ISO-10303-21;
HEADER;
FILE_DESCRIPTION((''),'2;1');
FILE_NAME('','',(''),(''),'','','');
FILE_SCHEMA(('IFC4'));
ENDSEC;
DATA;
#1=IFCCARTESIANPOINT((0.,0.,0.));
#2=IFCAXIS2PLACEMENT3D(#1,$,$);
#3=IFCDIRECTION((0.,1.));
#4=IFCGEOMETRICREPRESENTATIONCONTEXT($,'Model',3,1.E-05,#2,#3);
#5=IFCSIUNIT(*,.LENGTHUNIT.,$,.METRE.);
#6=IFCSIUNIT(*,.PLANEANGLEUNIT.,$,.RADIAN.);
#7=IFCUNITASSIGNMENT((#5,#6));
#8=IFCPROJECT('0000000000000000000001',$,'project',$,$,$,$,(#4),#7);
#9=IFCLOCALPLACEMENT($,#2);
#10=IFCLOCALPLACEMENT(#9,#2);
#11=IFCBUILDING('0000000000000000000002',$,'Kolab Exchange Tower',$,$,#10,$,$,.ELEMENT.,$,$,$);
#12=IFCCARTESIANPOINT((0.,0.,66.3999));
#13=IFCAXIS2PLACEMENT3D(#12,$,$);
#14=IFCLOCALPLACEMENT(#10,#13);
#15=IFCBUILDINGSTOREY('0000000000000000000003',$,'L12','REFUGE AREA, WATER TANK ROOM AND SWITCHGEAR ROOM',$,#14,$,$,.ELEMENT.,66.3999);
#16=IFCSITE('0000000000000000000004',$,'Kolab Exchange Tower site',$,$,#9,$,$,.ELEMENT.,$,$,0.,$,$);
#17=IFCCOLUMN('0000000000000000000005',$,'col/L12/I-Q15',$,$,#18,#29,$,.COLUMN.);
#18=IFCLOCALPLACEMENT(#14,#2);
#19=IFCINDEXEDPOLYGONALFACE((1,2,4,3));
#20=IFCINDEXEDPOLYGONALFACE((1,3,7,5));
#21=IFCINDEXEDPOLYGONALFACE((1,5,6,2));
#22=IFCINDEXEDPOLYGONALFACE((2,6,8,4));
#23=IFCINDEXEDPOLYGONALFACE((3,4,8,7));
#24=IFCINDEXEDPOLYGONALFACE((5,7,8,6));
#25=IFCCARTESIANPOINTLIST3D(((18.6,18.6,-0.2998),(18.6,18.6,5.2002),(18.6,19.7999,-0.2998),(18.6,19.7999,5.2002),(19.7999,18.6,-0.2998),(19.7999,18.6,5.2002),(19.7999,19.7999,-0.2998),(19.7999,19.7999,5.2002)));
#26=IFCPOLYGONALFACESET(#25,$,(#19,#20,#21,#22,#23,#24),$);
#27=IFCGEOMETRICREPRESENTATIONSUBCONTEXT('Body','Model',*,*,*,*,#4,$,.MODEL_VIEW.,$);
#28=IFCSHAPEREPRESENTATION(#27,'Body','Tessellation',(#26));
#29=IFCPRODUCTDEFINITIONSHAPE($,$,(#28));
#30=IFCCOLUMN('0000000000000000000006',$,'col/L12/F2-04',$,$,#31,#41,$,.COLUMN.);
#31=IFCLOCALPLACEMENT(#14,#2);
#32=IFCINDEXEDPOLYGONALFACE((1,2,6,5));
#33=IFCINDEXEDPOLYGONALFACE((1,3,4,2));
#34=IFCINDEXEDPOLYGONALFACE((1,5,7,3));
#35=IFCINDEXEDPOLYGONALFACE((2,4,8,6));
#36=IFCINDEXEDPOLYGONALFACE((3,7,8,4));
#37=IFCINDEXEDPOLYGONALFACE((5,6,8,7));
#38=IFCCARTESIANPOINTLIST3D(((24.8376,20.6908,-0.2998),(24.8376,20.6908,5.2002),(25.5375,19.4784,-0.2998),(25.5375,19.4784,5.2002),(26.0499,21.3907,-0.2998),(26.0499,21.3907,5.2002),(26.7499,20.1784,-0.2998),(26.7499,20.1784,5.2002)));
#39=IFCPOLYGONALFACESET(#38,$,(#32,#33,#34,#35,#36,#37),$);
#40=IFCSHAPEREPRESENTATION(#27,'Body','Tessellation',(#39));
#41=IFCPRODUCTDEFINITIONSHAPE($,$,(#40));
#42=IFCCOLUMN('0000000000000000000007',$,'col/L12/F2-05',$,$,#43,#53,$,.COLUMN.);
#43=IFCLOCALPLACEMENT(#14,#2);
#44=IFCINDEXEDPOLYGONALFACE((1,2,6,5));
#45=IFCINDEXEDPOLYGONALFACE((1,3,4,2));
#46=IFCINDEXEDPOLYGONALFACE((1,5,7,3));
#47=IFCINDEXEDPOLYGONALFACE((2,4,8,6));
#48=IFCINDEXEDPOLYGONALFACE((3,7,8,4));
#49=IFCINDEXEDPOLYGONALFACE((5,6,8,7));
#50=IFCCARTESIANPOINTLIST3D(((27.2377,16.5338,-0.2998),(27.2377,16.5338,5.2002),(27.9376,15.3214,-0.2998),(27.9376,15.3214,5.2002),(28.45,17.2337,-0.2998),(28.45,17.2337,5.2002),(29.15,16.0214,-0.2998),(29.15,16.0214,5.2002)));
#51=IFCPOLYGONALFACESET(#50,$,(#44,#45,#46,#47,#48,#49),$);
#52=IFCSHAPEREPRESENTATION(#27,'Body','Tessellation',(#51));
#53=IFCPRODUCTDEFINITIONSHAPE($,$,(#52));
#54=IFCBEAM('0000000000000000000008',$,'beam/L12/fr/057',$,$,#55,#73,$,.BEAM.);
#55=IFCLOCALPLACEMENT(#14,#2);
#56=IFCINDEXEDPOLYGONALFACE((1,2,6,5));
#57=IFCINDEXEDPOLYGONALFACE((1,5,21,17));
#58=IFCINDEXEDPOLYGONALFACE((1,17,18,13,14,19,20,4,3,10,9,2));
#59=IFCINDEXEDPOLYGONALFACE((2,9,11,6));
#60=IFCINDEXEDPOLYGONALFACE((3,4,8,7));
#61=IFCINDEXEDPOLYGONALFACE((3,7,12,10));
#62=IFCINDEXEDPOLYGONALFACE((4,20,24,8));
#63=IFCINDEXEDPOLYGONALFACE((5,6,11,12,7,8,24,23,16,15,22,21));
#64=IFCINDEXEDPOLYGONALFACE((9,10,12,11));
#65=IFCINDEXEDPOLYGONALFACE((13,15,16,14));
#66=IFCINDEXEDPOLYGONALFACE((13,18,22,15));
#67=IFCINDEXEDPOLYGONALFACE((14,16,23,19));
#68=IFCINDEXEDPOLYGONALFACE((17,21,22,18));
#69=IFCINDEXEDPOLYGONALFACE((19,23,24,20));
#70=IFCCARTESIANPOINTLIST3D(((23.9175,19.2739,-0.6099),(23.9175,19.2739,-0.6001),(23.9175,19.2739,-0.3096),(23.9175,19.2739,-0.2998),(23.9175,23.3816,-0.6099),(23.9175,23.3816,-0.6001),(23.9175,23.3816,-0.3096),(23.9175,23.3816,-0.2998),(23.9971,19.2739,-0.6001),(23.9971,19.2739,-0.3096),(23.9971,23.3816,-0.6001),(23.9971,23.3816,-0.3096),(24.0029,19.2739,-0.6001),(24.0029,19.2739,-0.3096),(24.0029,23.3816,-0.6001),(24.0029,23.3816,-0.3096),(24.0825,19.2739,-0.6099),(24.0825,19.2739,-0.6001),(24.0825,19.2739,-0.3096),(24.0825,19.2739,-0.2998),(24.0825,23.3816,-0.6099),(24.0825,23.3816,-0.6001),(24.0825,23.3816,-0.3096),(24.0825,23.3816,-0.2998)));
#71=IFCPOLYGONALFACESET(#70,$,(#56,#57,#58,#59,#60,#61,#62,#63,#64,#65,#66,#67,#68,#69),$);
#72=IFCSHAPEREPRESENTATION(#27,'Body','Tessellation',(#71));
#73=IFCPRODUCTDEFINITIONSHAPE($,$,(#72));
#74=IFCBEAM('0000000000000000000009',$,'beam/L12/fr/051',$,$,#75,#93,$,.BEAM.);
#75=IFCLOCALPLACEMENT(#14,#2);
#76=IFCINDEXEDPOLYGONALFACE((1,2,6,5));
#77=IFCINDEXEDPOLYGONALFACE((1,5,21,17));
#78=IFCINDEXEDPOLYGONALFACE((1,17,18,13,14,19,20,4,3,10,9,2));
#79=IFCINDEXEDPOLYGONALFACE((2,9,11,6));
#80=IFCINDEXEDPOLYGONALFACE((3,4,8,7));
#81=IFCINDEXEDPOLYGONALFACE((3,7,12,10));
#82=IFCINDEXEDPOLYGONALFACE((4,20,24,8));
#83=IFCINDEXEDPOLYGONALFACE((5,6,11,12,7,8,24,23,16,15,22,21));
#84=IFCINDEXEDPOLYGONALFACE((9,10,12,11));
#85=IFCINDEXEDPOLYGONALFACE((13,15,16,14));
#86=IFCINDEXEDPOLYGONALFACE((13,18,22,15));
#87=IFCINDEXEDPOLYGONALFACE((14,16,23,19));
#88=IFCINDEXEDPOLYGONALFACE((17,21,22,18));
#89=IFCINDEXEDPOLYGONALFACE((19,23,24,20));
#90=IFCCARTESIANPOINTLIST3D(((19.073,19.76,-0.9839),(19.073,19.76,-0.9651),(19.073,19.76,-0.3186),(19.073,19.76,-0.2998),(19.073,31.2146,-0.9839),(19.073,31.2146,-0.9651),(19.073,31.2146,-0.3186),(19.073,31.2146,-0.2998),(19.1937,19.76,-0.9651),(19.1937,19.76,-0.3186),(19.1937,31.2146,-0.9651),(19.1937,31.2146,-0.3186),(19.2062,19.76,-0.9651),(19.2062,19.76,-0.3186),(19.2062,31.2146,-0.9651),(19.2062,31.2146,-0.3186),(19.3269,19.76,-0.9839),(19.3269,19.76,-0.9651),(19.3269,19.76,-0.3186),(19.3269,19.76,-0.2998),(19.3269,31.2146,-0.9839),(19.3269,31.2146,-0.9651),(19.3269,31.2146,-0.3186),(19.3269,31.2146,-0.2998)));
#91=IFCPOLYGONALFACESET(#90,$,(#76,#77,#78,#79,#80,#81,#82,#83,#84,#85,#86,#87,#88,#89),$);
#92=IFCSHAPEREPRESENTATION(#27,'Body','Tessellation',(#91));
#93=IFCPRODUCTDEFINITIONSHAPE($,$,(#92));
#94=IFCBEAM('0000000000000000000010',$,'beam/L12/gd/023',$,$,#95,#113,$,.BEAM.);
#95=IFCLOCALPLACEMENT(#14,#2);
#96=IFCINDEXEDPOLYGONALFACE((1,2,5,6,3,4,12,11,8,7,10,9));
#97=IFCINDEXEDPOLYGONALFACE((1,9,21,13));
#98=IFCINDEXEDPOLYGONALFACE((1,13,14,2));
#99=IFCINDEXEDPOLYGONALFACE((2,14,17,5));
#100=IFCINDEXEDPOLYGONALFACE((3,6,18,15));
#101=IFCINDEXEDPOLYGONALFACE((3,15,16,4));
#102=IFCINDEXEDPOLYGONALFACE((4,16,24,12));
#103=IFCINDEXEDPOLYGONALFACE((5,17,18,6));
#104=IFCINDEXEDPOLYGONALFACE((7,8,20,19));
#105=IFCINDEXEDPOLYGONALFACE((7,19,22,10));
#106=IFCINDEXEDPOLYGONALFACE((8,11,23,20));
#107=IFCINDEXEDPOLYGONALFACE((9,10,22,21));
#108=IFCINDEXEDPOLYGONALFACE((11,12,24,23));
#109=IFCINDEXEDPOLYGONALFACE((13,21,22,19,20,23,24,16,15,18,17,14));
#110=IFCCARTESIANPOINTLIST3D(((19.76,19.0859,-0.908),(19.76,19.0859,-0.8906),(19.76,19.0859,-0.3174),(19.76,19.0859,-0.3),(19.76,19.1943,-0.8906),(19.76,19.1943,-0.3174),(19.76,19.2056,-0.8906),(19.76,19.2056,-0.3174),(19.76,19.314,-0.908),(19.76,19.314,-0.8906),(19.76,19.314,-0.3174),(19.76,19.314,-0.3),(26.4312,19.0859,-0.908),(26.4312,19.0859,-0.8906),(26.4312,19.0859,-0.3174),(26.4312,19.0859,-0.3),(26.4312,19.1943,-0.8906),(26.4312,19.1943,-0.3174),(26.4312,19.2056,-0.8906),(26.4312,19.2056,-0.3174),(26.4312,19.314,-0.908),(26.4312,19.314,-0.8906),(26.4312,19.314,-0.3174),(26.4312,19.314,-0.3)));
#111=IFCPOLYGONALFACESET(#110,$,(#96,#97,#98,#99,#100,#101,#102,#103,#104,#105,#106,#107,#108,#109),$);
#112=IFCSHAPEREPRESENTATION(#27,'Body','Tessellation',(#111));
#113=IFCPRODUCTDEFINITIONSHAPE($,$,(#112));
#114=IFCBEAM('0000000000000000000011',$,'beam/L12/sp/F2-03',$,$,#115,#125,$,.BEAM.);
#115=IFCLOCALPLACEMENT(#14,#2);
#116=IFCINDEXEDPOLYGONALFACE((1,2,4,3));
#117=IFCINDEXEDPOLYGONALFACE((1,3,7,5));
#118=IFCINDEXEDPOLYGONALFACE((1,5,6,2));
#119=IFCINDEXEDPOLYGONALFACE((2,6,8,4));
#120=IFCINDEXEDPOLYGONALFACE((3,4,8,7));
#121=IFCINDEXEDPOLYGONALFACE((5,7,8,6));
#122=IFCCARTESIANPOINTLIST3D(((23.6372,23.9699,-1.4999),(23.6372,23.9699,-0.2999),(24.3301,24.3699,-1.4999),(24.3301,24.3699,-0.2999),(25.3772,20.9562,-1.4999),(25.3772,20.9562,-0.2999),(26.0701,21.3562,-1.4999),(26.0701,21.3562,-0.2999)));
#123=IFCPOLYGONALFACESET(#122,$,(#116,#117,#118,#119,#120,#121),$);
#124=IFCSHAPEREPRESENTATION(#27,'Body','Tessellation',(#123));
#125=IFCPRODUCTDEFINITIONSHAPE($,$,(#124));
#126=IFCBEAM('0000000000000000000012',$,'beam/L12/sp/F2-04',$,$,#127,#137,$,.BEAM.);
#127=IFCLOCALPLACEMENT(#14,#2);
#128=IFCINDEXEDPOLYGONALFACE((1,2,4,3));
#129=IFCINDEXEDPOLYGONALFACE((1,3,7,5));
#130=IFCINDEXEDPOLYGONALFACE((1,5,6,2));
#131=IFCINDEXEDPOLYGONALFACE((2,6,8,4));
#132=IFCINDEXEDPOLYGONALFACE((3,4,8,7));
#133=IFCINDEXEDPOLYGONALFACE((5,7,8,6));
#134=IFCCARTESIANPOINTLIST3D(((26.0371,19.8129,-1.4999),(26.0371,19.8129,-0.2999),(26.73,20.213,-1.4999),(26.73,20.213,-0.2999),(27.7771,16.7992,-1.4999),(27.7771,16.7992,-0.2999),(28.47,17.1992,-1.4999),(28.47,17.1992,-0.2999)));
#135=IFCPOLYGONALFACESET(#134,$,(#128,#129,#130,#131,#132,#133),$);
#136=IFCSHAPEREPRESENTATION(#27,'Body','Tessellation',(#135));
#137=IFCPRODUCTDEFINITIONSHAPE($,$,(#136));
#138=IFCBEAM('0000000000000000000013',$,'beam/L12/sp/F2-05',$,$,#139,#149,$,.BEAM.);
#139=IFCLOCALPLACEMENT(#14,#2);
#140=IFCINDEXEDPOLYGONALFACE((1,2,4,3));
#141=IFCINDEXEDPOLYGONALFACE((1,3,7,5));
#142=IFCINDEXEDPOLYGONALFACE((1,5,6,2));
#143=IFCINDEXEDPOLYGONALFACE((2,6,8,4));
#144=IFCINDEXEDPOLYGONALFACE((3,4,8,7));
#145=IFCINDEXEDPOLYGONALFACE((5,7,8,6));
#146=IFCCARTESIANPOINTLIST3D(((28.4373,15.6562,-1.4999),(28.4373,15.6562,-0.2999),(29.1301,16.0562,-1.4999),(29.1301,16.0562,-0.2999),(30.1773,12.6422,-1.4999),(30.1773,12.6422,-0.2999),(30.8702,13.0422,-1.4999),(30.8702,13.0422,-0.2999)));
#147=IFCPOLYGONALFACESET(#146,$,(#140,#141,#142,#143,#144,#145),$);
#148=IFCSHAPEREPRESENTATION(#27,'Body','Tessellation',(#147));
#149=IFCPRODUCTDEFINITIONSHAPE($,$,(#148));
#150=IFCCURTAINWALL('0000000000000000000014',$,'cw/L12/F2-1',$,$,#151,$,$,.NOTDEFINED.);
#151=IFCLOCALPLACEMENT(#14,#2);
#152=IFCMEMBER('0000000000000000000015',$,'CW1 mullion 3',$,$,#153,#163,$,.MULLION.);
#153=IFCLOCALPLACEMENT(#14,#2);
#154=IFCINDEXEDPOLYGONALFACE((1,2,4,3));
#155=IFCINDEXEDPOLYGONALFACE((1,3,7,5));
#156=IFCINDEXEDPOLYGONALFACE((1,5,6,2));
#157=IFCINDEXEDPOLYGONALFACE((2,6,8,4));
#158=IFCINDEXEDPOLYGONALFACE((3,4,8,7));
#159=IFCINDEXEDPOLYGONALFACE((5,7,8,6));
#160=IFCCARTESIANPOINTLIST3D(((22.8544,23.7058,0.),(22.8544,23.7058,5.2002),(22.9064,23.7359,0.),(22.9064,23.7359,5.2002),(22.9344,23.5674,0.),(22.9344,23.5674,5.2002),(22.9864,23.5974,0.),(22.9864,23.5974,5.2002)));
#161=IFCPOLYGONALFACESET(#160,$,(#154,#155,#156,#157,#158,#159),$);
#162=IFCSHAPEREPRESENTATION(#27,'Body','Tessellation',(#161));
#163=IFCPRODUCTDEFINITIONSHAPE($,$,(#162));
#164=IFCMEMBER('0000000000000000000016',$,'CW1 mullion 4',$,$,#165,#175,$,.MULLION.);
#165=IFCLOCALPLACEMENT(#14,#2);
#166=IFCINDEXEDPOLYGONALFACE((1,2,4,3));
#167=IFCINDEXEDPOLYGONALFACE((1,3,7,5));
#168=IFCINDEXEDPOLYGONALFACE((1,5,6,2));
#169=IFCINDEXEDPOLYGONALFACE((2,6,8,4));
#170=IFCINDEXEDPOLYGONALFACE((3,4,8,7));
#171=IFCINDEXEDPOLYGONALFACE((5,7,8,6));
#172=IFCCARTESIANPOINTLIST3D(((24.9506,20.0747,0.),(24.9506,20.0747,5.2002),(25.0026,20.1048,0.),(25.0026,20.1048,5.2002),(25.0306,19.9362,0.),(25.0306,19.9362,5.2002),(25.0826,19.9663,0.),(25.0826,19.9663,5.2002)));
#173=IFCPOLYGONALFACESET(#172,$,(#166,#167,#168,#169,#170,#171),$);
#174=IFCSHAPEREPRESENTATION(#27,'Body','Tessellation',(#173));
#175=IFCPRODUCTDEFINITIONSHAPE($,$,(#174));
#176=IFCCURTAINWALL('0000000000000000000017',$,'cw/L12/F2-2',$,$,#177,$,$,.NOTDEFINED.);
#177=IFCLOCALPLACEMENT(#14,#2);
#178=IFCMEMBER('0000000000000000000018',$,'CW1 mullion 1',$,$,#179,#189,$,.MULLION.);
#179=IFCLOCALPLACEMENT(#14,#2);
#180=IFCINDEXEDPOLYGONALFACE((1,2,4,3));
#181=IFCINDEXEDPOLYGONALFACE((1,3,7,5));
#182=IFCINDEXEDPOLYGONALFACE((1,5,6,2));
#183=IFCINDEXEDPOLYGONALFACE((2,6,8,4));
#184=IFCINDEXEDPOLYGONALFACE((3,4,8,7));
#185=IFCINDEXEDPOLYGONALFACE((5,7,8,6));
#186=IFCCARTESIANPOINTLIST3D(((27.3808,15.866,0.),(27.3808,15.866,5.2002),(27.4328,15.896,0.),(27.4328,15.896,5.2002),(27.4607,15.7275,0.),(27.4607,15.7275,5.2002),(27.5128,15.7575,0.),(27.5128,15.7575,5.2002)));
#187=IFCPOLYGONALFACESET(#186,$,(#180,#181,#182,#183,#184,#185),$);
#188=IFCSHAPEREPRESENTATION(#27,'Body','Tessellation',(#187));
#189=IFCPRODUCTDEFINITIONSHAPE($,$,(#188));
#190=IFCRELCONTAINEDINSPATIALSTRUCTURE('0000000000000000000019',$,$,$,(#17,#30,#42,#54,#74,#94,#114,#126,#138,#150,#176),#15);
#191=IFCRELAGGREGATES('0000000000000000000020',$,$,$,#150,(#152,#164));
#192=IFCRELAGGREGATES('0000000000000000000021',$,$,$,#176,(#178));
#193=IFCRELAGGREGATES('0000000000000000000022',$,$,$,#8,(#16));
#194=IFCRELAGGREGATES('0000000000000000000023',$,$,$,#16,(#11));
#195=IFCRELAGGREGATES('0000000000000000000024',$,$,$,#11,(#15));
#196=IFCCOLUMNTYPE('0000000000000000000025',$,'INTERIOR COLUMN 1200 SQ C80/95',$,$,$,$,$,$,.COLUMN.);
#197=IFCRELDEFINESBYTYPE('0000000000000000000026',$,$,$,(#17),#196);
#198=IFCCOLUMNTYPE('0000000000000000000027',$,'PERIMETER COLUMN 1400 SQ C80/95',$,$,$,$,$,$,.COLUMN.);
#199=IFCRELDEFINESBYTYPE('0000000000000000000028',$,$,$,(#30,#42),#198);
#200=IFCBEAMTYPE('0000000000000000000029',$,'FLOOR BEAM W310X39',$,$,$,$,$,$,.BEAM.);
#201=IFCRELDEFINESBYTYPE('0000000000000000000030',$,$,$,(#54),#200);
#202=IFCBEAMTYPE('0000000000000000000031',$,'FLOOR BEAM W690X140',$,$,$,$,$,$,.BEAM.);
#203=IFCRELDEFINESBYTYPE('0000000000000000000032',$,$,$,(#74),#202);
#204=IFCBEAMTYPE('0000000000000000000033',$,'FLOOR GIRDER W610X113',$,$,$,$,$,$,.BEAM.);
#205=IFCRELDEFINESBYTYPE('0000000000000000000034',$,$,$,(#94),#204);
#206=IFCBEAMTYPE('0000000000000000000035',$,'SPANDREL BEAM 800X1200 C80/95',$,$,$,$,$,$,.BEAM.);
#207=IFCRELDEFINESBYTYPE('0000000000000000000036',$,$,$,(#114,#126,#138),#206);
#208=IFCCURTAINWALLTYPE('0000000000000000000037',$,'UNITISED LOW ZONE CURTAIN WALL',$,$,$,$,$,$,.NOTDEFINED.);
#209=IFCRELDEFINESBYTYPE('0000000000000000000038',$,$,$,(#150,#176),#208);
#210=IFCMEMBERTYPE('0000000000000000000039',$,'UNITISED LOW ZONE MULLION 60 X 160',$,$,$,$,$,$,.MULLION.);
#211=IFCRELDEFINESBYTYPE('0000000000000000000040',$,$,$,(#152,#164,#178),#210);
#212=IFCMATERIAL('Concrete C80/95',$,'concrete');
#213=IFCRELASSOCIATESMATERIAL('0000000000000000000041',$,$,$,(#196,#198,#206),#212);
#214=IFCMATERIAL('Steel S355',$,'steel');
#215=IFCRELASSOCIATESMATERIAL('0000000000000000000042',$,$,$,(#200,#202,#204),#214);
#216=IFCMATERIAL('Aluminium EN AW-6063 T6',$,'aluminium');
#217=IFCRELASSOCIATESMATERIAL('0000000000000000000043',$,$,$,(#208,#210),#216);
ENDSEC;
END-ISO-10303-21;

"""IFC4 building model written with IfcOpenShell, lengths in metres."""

from ifc_helpers import new_model, si_unit, direction, frame, origin, origin_2d, place, context, subcontext, project, spatial, rectangle, i_section, extrude, material, material_profile, profile_set, type_object, element, aggregate, save


model = new_model("IFC4")

# Units and contexts
model_context = context("Model", 3, precision=1e-05, world=origin(), true_north=direction((0.0, 1.0)))
body_context = subcontext(model_context, "Body", "Model", "MODEL_VIEW")
ifc_project = project(units=[si_unit("LENGTHUNIT", "METRE"), si_unit("PLANEANGLEUNIT", "RADIAN")], contexts=[model_context])

# Site, building, storey
site_placement = place(None, origin())
site = spatial("IfcSite", under=ifc_project, at=site_placement, Name="Kolab Exchange Tower site", CompositionType="ELEMENT", RefElevation=0.0)
building_placement = place(site_placement, origin())
building = spatial("IfcBuilding", under=site, at=building_placement, Name="Kolab Exchange Tower", CompositionType="ELEMENT")
storey_placement = place(building_placement, frame((0.0, 0.0, 66.3999)))
storey = spatial("IfcBuildingStorey", under=building, at=storey_placement, Name="L12", Description="REFUGE AREA, WATER TANK ROOM AND SWITCHGEAR ROOM", CompositionType="ELEMENT", Elevation=66.3999)

# Columns
ifc_material_1 = material(Name="Concrete C80/95", Category="concrete")
ifc_material_profile_1 = material_profile(ifc_material_1, rectangle(XDim=1.2, YDim=1.2, at=origin_2d()), Name="RC1200")
ifc_profile_set_1 = profile_set([ifc_material_profile_1], Name="Concrete C80/95")
column_type_1 = type_object("IfcColumnType", Name="INTERIOR COLUMN 1200 SQ C80/95", PredefinedType="COLUMN", material=ifc_profile_set_1)
column_placement = place(storey_placement, frame((19.2, 19.2, -0.2998), z_axis=(0.0, 0.0, 1.0), x_axis=(1.0, 0.0, 0.0)))
element("IfcColumn", 1, at=column_placement, inside=storey, type_object=column_type_1, Name="col/L12/I-Q15", PredefinedType="COLUMN", context=body_context, shape_type="SweptSolid", body=[
    extrude(rectangle(XDim=1.2, YDim=1.2, at=origin_2d()), origin(), (0.0, 0.0, 1.0), 5.5),
])
ifc_material_profile_2 = material_profile(ifc_material_1, rectangle(XDim=1.3999, YDim=1.3999, at=origin_2d()), Name="RC1400")
ifc_profile_set_2 = profile_set([ifc_material_profile_2], Name="Concrete C80/95")
column_type_2 = type_object("IfcColumnType", Name="PERIMETER COLUMN 1400 SQ C80/95", PredefinedType="COLUMN", material=ifc_profile_set_2)
for number, where, z_axis, x_axis, name in (
    (2, (25.7937, 20.4346, -0.2998), (0.0, 0.0, 1.0), (0.866025, 0.5, 0.0), "col/L12/F2-04"),
    (3, (28.1938, 16.2776, -0.2998), (0.0, 0.0, 1.0), (0.866025, 0.5, 0.0), "col/L12/F2-05"),
):
    element("IfcColumn", number, at=place(storey_placement, frame(where, z_axis=z_axis, x_axis=x_axis)), inside=storey, type_object=column_type_2, Name=name, PredefinedType="COLUMN", context=body_context, shape_type="SweptSolid", body=[
        extrude(rectangle(XDim=1.3999, YDim=1.3999, at=origin_2d()), origin(), (0.0, 0.0, 1.0), 5.5),
    ])

# Beams
ifc_material_2 = material(Name="Steel S355", Category="steel")
ifc_material_profile_3 = material_profile(ifc_material_2, i_section(OverallWidth=0.165, OverallDepth=0.3101, WebThickness=0.0059, FlangeThickness=0.0098, at=origin_2d()), Name="W310X39")
ifc_profile_set_3 = profile_set([ifc_material_profile_3], Name="Steel S355")
beam_type_1 = type_object("IfcBeamType", Name="FLOOR BEAM W310X39", PredefinedType="BEAM", material=ifc_profile_set_3)
beam_1_placement = place(storey_placement, frame((24.0, 19.2739, -0.4548), z_axis=(0.0, 1.0, 0.0), x_axis=(-1.0, 0.0, 0.0)))
element("IfcBeam", 4, at=beam_1_placement, inside=storey, type_object=beam_type_1, Name="beam/L12/fr/057", PredefinedType="BEAM", context=body_context, shape_type="SweptSolid", body=[
    extrude(i_section(OverallWidth=0.165, OverallDepth=0.3101, WebThickness=0.0059, FlangeThickness=0.0098, at=origin_2d()), origin(), (0.0, 0.0, 1.0), 4.1077),
])
ifc_material_profile_4 = material_profile(ifc_material_2, i_section(OverallWidth=0.2539, OverallDepth=0.6841, WebThickness=0.0125, FlangeThickness=0.0188, at=origin_2d()), Name="W690X140")
ifc_profile_set_4 = profile_set([ifc_material_profile_4], Name="Steel S355")
beam_type_2 = type_object("IfcBeamType", Name="FLOOR BEAM W690X140", PredefinedType="BEAM", material=ifc_profile_set_4)
beam_2_placement = place(storey_placement, frame((19.2, 19.76, -0.6418), z_axis=(0.0, 1.0, 0.0), x_axis=(-1.0, 0.0, 0.0)))
element("IfcBeam", 5, at=beam_2_placement, inside=storey, type_object=beam_type_2, Name="beam/L12/fr/051", PredefinedType="BEAM", context=body_context, shape_type="SweptSolid", body=[
    extrude(i_section(OverallWidth=0.2539, OverallDepth=0.6841, WebThickness=0.0125, FlangeThickness=0.0188, at=origin_2d()), origin(), (0.0, 0.0, 1.0), 11.4546),
])
ifc_material_profile_5 = material_profile(ifc_material_2, i_section(OverallWidth=0.228, OverallDepth=0.6079, WebThickness=0.0112, FlangeThickness=0.0173, at=origin_2d()), Name="W610X113")
ifc_profile_set_5 = profile_set([ifc_material_profile_5], Name="Steel S355")
beam_type_3 = type_object("IfcBeamType", Name="FLOOR GIRDER W610X113", PredefinedType="BEAM", material=ifc_profile_set_5)
beam_3_placement = place(storey_placement, frame((19.76, 19.2, -0.604), z_axis=(1.0, 0.0, 0.0), x_axis=(0.0, 1.0, 0.0)))
element("IfcBeam", 6, at=beam_3_placement, inside=storey, type_object=beam_type_3, Name="beam/L12/gd/023", PredefinedType="BEAM", context=body_context, shape_type="SweptSolid", body=[
    extrude(i_section(OverallWidth=0.228, OverallDepth=0.6079, WebThickness=0.0112, FlangeThickness=0.0173, at=origin_2d()), origin(), (0.0, 0.0, 1.0), 6.6711),
])
ifc_material_profile_6 = material_profile(ifc_material_1, rectangle(XDim=0.8, YDim=1.2, at=origin_2d()), Name="RC800X1200")
ifc_profile_set_6 = profile_set([ifc_material_profile_6], Name="Concrete C80/95")
beam_type_4 = type_object("IfcBeamType", Name="SPANDREL BEAM 800X1200 C80/95", PredefinedType="BEAM", material=ifc_profile_set_6)
for number, where, z_axis, x_axis, name in (
    (7, (23.9836, 24.1699, -0.8999), (0.50001, -0.86602, 0.0), (0.86602, 0.50001, 0.0), "beam/L12/sp/F2-03"),
    (8, (26.3835, 20.0129, -0.8999), (0.50001, -0.86602, 0.0), (0.86602, 0.50001, 0.0), "beam/L12/sp/F2-04"),
):
    element("IfcBeam", number, at=place(storey_placement, frame(where, z_axis=z_axis, x_axis=x_axis)), inside=storey, type_object=beam_type_4, Name=name, PredefinedType="BEAM", context=body_context, shape_type="SweptSolid", body=[
        extrude(rectangle(XDim=0.8, YDim=1.2, at=origin_2d()), origin(), (0.0, 0.0, 1.0), 3.48),
    ])
beam_4_placement = place(storey_placement, frame((28.7837, 15.8562, -0.8999), z_axis=(0.49998, -0.866037, 0.0), x_axis=(0.866037, 0.49998, 0.0)))
element("IfcBeam", 9, at=beam_4_placement, inside=storey, type_object=beam_type_4, Name="beam/L12/sp/F2-05", PredefinedType="BEAM", context=body_context, shape_type="SweptSolid", body=[
    extrude(rectangle(XDim=0.8, YDim=1.2, at=origin_2d()), origin(), (0.0, 0.0, 1.0), 3.4802),
])

# Curtain wall, members
ifc_material_3 = material(Name="Aluminium EN AW-6063 T6", Category="aluminium")
curtain_wall_type = type_object("IfcCurtainWallType", Name="UNITISED LOW ZONE CURTAIN WALL", PredefinedType="NOTDEFINED", material=ifc_material_3)
curtain_wall_1_placement = place(storey_placement, origin())
curtain_wall_1 = element("IfcCurtainWall", 10, at=curtain_wall_1_placement, inside=storey, type_object=curtain_wall_type, Name="cw/L12/F2-1", PredefinedType="NOTDEFINED")
ifc_material_profile_7 = material_profile(ifc_material_3, rectangle(XDim=0.0601, YDim=0.1599, at=origin_2d()), Name="RECT 60X160")
ifc_profile_set_7 = profile_set([ifc_material_profile_7], Name="Aluminium EN AW-6063 T6")
member_type_1 = type_object("IfcMemberType", Name="UNITISED LOW ZONE MULLION 60 X 160", PredefinedType="MULLION", material=ifc_profile_set_7)
member_1_placement = place(storey_placement, frame((22.9204, 23.6516, 0.0), z_axis=(0.0, 0.0, 1.0), x_axis=(0.866025, 0.5, 0.0)))
member_1 = element("IfcMember", 11, at=member_1_placement, type_object=member_type_1, Name="CW1 mullion 3", PredefinedType="MULLION", context=body_context, shape_type="SweptSolid", body=[
    extrude(rectangle(XDim=0.0601, YDim=0.1599, at=origin_2d()), origin(), (0.0, 0.0, 1.0), 5.2002),
])
member_2_placement = place(storey_placement, frame((25.0166, 20.0205, 0.0), z_axis=(0.0, 0.0, 1.0), x_axis=(0.866025, 0.5, 0.0)))
member_2 = element("IfcMember", 12, at=member_2_placement, type_object=member_type_1, Name="CW1 mullion 4", PredefinedType="MULLION", context=body_context, shape_type="SweptSolid", body=[
    extrude(rectangle(XDim=0.0601, YDim=0.1599, at=origin_2d()), origin(), (0.0, 0.0, 1.0), 5.2002),
])

# Curtain wall, member
curtain_wall_2_placement = place(storey_placement, origin())
curtain_wall_2 = element("IfcCurtainWall", 13, at=curtain_wall_2_placement, inside=storey, type_object=curtain_wall_type, Name="cw/L12/F2-2", PredefinedType="NOTDEFINED")
member_3_placement = place(storey_placement, frame((27.4468, 15.8118, 0.0), z_axis=(0.0, 0.0, 1.0), x_axis=(0.866025, 0.5, 0.0)))
member_3 = element("IfcMember", 14, at=member_3_placement, type_object=member_type_1, Name="CW1 mullion 1", PredefinedType="MULLION", context=body_context, shape_type="SweptSolid", body=[
    extrude(rectangle(XDim=0.0601, YDim=0.1599, at=origin_2d()), origin(), (0.0, 0.0, 1.0), 5.2002),
])

aggregate(curtain_wall_1, [member_1, member_2])
aggregate(curtain_wall_2, [member_3])

save(model, "model.ifc")
